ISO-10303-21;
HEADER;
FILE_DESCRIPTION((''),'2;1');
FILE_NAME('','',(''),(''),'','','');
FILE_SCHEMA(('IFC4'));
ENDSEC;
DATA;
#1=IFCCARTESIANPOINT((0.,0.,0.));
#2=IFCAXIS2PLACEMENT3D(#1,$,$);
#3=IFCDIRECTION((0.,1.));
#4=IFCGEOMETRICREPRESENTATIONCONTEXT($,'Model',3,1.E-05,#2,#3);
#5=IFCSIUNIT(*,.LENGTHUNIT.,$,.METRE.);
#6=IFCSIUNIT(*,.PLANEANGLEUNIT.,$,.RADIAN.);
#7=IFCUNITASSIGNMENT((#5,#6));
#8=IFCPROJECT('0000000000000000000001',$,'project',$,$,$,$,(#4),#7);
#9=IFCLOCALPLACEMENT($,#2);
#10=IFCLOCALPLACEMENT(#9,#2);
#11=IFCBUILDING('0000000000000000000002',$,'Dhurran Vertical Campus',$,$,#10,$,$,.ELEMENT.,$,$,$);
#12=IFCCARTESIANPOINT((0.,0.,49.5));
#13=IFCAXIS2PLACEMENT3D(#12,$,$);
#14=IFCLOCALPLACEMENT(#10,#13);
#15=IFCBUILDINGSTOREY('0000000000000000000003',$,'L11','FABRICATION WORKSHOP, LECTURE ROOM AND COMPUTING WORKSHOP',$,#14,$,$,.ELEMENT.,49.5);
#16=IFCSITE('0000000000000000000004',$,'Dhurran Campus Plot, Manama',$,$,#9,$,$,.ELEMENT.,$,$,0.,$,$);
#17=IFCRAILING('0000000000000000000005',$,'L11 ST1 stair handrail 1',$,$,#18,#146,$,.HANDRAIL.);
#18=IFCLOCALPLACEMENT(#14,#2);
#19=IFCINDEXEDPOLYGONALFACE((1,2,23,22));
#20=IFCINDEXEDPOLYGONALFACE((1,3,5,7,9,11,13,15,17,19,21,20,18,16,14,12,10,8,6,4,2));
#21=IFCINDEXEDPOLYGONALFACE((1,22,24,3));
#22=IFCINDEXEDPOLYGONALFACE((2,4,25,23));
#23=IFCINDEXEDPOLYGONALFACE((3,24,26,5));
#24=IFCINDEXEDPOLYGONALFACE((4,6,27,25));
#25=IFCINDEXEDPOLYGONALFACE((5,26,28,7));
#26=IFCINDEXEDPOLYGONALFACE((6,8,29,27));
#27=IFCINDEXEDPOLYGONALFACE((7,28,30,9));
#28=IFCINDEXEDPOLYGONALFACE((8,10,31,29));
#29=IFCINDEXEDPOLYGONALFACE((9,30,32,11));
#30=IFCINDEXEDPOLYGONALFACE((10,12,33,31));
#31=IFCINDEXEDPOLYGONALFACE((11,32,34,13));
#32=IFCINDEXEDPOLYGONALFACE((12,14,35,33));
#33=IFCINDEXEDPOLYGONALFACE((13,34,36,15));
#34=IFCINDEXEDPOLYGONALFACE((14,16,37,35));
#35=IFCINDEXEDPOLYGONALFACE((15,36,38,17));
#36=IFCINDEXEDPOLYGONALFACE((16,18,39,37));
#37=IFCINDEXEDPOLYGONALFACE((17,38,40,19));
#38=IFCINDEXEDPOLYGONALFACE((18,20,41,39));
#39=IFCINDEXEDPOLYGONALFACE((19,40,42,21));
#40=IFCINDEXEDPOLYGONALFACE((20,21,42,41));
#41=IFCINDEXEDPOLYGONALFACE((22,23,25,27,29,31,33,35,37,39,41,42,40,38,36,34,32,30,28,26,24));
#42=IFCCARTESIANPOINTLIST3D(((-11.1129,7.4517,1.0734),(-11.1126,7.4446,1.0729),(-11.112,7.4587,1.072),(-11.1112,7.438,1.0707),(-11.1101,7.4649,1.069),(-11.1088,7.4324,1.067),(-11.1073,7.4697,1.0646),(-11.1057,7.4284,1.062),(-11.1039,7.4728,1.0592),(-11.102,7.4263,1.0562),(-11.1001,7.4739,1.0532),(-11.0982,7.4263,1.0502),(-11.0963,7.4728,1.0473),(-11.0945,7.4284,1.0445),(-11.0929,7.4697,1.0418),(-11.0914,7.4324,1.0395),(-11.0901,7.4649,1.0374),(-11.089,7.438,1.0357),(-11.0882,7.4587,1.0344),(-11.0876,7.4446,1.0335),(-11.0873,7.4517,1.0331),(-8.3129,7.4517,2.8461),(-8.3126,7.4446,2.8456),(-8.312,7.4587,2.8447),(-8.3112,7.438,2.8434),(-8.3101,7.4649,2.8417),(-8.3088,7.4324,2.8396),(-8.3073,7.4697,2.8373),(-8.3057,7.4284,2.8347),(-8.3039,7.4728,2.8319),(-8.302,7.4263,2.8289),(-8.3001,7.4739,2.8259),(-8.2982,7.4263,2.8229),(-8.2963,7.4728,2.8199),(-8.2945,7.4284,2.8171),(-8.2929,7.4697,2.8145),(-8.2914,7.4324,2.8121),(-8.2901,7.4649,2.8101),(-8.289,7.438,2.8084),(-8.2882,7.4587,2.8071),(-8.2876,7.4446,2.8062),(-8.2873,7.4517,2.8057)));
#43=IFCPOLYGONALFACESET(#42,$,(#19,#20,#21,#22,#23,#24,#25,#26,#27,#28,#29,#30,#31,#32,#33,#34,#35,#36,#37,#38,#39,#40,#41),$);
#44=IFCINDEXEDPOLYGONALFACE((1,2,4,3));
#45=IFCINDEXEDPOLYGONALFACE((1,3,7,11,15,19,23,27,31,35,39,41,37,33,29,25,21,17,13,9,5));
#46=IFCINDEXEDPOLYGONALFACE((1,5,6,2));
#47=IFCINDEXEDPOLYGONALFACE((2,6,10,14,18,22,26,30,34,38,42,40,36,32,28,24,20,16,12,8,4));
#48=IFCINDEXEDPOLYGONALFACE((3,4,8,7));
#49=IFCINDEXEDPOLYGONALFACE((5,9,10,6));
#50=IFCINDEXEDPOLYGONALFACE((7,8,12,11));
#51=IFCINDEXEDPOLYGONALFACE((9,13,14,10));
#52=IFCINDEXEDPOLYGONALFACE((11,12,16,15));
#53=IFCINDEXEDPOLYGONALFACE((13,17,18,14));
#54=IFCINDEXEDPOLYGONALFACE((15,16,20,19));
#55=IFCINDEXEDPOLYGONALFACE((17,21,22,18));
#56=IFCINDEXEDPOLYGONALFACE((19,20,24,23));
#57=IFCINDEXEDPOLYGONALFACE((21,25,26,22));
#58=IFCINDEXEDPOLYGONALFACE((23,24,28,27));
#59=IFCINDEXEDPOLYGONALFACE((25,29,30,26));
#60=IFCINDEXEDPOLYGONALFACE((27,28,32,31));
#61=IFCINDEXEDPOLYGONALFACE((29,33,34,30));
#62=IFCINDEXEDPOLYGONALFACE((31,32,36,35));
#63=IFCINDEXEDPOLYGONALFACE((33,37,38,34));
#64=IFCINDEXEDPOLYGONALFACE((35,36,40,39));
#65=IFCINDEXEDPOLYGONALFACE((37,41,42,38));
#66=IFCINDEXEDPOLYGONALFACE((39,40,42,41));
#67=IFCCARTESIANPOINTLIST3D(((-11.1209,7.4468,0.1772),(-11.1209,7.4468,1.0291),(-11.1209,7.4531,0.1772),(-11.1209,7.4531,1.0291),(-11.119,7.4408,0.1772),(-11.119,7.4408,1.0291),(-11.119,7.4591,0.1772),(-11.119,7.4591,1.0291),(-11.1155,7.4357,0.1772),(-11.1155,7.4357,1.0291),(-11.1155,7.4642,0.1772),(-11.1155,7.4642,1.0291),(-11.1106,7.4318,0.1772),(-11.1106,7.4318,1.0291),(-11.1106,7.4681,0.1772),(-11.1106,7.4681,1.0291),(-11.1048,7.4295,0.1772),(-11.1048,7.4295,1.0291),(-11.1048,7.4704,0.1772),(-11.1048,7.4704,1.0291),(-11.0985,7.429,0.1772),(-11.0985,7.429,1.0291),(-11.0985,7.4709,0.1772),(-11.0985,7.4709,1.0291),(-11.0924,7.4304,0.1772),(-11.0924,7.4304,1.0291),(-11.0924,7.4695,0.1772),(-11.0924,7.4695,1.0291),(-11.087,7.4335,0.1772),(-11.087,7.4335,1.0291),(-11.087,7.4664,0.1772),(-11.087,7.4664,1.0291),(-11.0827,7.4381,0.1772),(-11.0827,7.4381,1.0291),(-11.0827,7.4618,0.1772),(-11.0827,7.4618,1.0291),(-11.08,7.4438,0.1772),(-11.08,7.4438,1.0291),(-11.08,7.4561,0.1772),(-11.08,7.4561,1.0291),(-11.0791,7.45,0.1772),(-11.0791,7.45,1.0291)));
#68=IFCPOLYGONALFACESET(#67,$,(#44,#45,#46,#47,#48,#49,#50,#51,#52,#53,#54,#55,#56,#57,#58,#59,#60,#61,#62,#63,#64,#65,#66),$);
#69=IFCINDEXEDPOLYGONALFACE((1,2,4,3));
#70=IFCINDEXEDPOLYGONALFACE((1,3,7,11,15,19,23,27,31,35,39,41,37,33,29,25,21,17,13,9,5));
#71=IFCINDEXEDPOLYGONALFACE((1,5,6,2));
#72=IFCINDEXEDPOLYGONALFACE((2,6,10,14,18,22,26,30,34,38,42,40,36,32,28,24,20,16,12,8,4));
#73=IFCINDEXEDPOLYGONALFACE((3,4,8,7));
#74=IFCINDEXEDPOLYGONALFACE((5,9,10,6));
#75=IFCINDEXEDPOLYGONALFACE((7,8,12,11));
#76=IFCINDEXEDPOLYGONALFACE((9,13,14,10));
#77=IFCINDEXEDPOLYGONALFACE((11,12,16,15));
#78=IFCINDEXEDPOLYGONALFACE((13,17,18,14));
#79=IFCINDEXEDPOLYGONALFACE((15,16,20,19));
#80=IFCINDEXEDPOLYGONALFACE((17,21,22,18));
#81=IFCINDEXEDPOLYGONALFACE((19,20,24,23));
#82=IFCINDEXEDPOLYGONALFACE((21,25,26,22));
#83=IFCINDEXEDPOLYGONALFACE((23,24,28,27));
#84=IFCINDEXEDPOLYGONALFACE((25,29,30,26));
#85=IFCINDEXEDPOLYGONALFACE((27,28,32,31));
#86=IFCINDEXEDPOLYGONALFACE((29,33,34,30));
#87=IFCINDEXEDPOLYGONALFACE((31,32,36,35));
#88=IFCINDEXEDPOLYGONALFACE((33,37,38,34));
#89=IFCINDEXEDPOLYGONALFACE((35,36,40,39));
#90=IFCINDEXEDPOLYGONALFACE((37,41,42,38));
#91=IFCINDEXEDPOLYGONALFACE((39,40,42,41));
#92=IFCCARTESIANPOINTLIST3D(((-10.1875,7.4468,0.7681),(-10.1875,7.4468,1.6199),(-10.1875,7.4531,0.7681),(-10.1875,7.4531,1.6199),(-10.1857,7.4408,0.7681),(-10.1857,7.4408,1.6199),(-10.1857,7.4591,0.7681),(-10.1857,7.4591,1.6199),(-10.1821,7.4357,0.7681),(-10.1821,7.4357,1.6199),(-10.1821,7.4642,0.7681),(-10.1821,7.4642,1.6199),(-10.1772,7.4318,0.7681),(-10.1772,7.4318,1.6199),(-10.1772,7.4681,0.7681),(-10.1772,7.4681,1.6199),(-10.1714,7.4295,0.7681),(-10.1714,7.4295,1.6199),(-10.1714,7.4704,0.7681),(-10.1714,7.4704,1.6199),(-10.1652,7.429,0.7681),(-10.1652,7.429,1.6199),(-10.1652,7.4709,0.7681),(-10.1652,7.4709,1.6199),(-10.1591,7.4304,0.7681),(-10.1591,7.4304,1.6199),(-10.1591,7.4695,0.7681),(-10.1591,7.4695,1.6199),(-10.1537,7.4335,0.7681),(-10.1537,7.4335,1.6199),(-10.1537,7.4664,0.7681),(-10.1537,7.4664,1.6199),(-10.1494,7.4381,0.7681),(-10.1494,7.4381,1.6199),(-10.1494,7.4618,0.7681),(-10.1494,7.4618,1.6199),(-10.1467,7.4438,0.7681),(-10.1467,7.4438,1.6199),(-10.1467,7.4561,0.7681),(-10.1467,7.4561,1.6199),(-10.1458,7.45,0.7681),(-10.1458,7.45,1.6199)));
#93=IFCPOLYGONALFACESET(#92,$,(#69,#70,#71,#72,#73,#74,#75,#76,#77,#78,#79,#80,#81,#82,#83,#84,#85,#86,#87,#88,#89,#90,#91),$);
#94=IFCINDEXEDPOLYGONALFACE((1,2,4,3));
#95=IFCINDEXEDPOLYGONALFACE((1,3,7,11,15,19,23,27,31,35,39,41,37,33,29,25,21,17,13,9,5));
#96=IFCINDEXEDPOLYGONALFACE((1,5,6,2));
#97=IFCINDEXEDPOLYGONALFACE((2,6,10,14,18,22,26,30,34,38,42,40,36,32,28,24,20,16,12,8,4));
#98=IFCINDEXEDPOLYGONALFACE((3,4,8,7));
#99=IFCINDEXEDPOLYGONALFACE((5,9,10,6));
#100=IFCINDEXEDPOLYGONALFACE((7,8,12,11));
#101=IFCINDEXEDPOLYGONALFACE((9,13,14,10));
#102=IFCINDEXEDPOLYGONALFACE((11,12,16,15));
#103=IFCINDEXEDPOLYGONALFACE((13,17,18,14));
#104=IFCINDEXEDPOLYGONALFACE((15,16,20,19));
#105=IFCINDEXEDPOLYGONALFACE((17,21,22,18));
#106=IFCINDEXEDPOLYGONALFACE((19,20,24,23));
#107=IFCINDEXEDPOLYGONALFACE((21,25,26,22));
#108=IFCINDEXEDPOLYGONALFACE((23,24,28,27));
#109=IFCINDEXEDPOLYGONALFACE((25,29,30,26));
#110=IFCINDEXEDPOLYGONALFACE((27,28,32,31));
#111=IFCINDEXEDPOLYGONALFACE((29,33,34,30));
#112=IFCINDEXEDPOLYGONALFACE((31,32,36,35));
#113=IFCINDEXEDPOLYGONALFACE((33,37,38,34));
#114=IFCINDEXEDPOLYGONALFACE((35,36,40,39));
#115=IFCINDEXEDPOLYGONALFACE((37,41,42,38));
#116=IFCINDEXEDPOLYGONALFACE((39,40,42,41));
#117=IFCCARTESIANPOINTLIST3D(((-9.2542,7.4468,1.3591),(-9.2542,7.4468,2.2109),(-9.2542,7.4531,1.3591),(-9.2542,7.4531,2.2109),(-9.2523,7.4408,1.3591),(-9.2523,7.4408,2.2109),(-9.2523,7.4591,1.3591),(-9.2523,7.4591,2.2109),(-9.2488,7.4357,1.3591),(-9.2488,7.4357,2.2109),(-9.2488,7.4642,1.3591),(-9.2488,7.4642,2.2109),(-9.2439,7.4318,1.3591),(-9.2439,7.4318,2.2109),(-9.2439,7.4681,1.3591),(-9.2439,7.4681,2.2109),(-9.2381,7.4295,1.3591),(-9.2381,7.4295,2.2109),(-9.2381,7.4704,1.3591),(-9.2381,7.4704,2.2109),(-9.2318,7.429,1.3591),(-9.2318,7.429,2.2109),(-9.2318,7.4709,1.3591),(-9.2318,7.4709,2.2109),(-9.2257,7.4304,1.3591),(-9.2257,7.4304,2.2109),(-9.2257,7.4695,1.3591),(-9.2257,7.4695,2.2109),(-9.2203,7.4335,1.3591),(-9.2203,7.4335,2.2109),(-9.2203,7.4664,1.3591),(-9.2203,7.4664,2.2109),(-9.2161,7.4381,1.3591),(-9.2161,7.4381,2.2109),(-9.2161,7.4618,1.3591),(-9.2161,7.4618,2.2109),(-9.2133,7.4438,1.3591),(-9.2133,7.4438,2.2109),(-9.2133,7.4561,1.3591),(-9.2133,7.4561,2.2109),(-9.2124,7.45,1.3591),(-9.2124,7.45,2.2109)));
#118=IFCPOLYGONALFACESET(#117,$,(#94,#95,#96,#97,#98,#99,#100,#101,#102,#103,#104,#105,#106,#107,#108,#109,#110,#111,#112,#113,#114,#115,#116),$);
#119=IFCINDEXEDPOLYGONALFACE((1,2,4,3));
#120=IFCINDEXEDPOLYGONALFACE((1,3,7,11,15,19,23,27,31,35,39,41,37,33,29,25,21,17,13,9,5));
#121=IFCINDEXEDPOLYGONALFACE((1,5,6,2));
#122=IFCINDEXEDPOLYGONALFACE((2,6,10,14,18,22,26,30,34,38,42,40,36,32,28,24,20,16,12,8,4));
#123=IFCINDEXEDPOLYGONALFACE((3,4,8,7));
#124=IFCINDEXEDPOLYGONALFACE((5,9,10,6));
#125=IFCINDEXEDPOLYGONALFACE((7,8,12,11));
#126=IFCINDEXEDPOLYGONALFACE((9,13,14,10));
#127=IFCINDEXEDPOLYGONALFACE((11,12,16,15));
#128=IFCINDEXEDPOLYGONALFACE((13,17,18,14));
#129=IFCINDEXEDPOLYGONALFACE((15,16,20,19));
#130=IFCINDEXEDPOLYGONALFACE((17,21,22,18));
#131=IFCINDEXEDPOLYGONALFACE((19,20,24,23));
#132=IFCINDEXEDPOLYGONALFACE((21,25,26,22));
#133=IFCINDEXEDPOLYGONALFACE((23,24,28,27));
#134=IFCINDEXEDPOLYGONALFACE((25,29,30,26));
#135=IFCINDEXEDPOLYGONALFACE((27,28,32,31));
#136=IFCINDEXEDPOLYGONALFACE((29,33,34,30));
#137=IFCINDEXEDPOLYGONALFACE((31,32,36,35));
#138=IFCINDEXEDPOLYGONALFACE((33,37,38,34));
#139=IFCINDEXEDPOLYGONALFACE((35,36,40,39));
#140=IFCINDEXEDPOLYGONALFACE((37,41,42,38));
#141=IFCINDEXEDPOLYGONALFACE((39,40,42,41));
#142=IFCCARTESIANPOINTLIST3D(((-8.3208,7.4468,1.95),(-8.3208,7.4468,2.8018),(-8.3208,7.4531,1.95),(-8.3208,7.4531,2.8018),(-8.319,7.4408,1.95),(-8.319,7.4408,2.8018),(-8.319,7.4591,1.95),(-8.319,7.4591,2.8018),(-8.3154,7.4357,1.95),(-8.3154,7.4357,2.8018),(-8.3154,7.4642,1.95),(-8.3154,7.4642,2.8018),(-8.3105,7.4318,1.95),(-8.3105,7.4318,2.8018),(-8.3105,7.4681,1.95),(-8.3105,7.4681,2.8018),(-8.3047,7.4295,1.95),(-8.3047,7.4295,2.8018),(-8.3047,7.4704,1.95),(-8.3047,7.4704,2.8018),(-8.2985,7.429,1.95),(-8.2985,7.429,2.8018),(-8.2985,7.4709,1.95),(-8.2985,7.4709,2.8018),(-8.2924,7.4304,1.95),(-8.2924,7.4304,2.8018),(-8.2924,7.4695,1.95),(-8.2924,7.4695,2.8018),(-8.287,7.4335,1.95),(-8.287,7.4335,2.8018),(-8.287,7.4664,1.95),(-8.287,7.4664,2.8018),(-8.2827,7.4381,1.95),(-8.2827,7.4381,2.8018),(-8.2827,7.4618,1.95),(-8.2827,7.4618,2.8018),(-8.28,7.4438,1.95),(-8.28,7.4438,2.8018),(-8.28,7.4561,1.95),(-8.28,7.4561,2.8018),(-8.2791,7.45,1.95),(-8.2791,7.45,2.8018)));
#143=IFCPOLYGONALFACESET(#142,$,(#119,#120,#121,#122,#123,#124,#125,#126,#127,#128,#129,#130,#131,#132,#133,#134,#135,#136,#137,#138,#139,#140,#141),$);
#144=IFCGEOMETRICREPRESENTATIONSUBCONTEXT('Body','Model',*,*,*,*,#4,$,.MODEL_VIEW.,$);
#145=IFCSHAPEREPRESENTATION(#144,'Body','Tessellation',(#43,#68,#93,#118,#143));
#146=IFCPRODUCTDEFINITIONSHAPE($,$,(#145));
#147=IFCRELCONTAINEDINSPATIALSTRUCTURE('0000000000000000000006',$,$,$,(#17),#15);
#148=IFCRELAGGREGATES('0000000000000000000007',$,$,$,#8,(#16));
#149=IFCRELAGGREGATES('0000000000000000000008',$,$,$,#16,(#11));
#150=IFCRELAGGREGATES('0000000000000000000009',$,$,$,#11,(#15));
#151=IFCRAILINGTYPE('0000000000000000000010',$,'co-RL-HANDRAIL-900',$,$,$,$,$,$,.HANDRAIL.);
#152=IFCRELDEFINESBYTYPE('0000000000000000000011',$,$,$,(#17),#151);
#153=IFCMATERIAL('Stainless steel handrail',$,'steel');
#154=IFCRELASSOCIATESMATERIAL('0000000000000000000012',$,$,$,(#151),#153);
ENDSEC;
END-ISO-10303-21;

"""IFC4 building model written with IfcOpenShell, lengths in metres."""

from ifc_helpers import new_model, si_unit, direction, frame, origin, origin_2d, place, context, subcontext, project, spatial, circle, extrude, material, type_object, element, save


model = new_model("IFC4")

# Units and contexts
model_context = context("Model", 3, precision=1e-05, world=origin(), true_north=direction((0.0, 1.0)))
body_context = subcontext(model_context, "Body", "Model", "MODEL_VIEW")
ifc_project = project(units=[si_unit("LENGTHUNIT", "METRE"), si_unit("PLANEANGLEUNIT", "RADIAN")], contexts=[model_context])

# Site, building, storey
site_placement = place(None, origin())
site = spatial("IfcSite", under=ifc_project, at=site_placement, Name="Dhurran Campus Plot, Manama", CompositionType="ELEMENT", RefElevation=0.0)
building_placement = place(site_placement, origin())
building = spatial("IfcBuilding", under=site, at=building_placement, Name="Dhurran Vertical Campus", CompositionType="ELEMENT")
storey_placement = place(building_placement, frame((0.0, 0.0, 49.5)))
storey = spatial("IfcBuildingStorey", under=building, at=storey_placement, Name="L11", Description="FABRICATION WORKSHOP, LECTURE ROOM AND COMPUTING WORKSHOP", CompositionType="ELEMENT", Elevation=49.5)

# Railing
ifc_material_1 = material(Name="Stainless steel handrail", Category="steel")
railing_type_1 = type_object("IfcRailingType", Name="co-RL-HANDRAIL-900", PredefinedType="HANDRAIL", material=ifc_material_1)
railing_1_placement = place(storey_placement, frame((-11.1001, 7.45, 0.1772)))
element("IfcRailing", 1, at=railing_1_placement, inside=storey, type_object=railing_type_1, Name="L11 ST1 stair handrail 1", PredefinedType="HANDRAIL", context=body_context, shape_type="SweptSolid", body=[
    extrude(circle(Radius=0.0239, at=origin_2d()), frame((0.0, 0.0, 0.876), z_axis=(0.844909, 0.0, 0.53491), x_axis=(0.0, 1.0, 0.0)), (0.0, 0.0, 1.0), 3.314),
    extrude(circle(Radius=0.021, at=origin_2d()), origin(), (0.0, 0.0, 1.0), 0.8518),
    extrude(circle(Radius=0.021, at=origin_2d()), frame((0.9333, 0.0, 0.5908)), (0.0, 0.0, 1.0), 0.8518),
    extrude(circle(Radius=0.021, at=origin_2d()), frame((1.8667, 0.0, 1.1819)), (0.0, 0.0, 1.0), 0.8518),
    extrude(circle(Radius=0.021, at=origin_2d()), frame((2.8, 0.0, 1.7727)), (0.0, 0.0, 1.0), 0.8518),
])

save(model, "model.ifc")
